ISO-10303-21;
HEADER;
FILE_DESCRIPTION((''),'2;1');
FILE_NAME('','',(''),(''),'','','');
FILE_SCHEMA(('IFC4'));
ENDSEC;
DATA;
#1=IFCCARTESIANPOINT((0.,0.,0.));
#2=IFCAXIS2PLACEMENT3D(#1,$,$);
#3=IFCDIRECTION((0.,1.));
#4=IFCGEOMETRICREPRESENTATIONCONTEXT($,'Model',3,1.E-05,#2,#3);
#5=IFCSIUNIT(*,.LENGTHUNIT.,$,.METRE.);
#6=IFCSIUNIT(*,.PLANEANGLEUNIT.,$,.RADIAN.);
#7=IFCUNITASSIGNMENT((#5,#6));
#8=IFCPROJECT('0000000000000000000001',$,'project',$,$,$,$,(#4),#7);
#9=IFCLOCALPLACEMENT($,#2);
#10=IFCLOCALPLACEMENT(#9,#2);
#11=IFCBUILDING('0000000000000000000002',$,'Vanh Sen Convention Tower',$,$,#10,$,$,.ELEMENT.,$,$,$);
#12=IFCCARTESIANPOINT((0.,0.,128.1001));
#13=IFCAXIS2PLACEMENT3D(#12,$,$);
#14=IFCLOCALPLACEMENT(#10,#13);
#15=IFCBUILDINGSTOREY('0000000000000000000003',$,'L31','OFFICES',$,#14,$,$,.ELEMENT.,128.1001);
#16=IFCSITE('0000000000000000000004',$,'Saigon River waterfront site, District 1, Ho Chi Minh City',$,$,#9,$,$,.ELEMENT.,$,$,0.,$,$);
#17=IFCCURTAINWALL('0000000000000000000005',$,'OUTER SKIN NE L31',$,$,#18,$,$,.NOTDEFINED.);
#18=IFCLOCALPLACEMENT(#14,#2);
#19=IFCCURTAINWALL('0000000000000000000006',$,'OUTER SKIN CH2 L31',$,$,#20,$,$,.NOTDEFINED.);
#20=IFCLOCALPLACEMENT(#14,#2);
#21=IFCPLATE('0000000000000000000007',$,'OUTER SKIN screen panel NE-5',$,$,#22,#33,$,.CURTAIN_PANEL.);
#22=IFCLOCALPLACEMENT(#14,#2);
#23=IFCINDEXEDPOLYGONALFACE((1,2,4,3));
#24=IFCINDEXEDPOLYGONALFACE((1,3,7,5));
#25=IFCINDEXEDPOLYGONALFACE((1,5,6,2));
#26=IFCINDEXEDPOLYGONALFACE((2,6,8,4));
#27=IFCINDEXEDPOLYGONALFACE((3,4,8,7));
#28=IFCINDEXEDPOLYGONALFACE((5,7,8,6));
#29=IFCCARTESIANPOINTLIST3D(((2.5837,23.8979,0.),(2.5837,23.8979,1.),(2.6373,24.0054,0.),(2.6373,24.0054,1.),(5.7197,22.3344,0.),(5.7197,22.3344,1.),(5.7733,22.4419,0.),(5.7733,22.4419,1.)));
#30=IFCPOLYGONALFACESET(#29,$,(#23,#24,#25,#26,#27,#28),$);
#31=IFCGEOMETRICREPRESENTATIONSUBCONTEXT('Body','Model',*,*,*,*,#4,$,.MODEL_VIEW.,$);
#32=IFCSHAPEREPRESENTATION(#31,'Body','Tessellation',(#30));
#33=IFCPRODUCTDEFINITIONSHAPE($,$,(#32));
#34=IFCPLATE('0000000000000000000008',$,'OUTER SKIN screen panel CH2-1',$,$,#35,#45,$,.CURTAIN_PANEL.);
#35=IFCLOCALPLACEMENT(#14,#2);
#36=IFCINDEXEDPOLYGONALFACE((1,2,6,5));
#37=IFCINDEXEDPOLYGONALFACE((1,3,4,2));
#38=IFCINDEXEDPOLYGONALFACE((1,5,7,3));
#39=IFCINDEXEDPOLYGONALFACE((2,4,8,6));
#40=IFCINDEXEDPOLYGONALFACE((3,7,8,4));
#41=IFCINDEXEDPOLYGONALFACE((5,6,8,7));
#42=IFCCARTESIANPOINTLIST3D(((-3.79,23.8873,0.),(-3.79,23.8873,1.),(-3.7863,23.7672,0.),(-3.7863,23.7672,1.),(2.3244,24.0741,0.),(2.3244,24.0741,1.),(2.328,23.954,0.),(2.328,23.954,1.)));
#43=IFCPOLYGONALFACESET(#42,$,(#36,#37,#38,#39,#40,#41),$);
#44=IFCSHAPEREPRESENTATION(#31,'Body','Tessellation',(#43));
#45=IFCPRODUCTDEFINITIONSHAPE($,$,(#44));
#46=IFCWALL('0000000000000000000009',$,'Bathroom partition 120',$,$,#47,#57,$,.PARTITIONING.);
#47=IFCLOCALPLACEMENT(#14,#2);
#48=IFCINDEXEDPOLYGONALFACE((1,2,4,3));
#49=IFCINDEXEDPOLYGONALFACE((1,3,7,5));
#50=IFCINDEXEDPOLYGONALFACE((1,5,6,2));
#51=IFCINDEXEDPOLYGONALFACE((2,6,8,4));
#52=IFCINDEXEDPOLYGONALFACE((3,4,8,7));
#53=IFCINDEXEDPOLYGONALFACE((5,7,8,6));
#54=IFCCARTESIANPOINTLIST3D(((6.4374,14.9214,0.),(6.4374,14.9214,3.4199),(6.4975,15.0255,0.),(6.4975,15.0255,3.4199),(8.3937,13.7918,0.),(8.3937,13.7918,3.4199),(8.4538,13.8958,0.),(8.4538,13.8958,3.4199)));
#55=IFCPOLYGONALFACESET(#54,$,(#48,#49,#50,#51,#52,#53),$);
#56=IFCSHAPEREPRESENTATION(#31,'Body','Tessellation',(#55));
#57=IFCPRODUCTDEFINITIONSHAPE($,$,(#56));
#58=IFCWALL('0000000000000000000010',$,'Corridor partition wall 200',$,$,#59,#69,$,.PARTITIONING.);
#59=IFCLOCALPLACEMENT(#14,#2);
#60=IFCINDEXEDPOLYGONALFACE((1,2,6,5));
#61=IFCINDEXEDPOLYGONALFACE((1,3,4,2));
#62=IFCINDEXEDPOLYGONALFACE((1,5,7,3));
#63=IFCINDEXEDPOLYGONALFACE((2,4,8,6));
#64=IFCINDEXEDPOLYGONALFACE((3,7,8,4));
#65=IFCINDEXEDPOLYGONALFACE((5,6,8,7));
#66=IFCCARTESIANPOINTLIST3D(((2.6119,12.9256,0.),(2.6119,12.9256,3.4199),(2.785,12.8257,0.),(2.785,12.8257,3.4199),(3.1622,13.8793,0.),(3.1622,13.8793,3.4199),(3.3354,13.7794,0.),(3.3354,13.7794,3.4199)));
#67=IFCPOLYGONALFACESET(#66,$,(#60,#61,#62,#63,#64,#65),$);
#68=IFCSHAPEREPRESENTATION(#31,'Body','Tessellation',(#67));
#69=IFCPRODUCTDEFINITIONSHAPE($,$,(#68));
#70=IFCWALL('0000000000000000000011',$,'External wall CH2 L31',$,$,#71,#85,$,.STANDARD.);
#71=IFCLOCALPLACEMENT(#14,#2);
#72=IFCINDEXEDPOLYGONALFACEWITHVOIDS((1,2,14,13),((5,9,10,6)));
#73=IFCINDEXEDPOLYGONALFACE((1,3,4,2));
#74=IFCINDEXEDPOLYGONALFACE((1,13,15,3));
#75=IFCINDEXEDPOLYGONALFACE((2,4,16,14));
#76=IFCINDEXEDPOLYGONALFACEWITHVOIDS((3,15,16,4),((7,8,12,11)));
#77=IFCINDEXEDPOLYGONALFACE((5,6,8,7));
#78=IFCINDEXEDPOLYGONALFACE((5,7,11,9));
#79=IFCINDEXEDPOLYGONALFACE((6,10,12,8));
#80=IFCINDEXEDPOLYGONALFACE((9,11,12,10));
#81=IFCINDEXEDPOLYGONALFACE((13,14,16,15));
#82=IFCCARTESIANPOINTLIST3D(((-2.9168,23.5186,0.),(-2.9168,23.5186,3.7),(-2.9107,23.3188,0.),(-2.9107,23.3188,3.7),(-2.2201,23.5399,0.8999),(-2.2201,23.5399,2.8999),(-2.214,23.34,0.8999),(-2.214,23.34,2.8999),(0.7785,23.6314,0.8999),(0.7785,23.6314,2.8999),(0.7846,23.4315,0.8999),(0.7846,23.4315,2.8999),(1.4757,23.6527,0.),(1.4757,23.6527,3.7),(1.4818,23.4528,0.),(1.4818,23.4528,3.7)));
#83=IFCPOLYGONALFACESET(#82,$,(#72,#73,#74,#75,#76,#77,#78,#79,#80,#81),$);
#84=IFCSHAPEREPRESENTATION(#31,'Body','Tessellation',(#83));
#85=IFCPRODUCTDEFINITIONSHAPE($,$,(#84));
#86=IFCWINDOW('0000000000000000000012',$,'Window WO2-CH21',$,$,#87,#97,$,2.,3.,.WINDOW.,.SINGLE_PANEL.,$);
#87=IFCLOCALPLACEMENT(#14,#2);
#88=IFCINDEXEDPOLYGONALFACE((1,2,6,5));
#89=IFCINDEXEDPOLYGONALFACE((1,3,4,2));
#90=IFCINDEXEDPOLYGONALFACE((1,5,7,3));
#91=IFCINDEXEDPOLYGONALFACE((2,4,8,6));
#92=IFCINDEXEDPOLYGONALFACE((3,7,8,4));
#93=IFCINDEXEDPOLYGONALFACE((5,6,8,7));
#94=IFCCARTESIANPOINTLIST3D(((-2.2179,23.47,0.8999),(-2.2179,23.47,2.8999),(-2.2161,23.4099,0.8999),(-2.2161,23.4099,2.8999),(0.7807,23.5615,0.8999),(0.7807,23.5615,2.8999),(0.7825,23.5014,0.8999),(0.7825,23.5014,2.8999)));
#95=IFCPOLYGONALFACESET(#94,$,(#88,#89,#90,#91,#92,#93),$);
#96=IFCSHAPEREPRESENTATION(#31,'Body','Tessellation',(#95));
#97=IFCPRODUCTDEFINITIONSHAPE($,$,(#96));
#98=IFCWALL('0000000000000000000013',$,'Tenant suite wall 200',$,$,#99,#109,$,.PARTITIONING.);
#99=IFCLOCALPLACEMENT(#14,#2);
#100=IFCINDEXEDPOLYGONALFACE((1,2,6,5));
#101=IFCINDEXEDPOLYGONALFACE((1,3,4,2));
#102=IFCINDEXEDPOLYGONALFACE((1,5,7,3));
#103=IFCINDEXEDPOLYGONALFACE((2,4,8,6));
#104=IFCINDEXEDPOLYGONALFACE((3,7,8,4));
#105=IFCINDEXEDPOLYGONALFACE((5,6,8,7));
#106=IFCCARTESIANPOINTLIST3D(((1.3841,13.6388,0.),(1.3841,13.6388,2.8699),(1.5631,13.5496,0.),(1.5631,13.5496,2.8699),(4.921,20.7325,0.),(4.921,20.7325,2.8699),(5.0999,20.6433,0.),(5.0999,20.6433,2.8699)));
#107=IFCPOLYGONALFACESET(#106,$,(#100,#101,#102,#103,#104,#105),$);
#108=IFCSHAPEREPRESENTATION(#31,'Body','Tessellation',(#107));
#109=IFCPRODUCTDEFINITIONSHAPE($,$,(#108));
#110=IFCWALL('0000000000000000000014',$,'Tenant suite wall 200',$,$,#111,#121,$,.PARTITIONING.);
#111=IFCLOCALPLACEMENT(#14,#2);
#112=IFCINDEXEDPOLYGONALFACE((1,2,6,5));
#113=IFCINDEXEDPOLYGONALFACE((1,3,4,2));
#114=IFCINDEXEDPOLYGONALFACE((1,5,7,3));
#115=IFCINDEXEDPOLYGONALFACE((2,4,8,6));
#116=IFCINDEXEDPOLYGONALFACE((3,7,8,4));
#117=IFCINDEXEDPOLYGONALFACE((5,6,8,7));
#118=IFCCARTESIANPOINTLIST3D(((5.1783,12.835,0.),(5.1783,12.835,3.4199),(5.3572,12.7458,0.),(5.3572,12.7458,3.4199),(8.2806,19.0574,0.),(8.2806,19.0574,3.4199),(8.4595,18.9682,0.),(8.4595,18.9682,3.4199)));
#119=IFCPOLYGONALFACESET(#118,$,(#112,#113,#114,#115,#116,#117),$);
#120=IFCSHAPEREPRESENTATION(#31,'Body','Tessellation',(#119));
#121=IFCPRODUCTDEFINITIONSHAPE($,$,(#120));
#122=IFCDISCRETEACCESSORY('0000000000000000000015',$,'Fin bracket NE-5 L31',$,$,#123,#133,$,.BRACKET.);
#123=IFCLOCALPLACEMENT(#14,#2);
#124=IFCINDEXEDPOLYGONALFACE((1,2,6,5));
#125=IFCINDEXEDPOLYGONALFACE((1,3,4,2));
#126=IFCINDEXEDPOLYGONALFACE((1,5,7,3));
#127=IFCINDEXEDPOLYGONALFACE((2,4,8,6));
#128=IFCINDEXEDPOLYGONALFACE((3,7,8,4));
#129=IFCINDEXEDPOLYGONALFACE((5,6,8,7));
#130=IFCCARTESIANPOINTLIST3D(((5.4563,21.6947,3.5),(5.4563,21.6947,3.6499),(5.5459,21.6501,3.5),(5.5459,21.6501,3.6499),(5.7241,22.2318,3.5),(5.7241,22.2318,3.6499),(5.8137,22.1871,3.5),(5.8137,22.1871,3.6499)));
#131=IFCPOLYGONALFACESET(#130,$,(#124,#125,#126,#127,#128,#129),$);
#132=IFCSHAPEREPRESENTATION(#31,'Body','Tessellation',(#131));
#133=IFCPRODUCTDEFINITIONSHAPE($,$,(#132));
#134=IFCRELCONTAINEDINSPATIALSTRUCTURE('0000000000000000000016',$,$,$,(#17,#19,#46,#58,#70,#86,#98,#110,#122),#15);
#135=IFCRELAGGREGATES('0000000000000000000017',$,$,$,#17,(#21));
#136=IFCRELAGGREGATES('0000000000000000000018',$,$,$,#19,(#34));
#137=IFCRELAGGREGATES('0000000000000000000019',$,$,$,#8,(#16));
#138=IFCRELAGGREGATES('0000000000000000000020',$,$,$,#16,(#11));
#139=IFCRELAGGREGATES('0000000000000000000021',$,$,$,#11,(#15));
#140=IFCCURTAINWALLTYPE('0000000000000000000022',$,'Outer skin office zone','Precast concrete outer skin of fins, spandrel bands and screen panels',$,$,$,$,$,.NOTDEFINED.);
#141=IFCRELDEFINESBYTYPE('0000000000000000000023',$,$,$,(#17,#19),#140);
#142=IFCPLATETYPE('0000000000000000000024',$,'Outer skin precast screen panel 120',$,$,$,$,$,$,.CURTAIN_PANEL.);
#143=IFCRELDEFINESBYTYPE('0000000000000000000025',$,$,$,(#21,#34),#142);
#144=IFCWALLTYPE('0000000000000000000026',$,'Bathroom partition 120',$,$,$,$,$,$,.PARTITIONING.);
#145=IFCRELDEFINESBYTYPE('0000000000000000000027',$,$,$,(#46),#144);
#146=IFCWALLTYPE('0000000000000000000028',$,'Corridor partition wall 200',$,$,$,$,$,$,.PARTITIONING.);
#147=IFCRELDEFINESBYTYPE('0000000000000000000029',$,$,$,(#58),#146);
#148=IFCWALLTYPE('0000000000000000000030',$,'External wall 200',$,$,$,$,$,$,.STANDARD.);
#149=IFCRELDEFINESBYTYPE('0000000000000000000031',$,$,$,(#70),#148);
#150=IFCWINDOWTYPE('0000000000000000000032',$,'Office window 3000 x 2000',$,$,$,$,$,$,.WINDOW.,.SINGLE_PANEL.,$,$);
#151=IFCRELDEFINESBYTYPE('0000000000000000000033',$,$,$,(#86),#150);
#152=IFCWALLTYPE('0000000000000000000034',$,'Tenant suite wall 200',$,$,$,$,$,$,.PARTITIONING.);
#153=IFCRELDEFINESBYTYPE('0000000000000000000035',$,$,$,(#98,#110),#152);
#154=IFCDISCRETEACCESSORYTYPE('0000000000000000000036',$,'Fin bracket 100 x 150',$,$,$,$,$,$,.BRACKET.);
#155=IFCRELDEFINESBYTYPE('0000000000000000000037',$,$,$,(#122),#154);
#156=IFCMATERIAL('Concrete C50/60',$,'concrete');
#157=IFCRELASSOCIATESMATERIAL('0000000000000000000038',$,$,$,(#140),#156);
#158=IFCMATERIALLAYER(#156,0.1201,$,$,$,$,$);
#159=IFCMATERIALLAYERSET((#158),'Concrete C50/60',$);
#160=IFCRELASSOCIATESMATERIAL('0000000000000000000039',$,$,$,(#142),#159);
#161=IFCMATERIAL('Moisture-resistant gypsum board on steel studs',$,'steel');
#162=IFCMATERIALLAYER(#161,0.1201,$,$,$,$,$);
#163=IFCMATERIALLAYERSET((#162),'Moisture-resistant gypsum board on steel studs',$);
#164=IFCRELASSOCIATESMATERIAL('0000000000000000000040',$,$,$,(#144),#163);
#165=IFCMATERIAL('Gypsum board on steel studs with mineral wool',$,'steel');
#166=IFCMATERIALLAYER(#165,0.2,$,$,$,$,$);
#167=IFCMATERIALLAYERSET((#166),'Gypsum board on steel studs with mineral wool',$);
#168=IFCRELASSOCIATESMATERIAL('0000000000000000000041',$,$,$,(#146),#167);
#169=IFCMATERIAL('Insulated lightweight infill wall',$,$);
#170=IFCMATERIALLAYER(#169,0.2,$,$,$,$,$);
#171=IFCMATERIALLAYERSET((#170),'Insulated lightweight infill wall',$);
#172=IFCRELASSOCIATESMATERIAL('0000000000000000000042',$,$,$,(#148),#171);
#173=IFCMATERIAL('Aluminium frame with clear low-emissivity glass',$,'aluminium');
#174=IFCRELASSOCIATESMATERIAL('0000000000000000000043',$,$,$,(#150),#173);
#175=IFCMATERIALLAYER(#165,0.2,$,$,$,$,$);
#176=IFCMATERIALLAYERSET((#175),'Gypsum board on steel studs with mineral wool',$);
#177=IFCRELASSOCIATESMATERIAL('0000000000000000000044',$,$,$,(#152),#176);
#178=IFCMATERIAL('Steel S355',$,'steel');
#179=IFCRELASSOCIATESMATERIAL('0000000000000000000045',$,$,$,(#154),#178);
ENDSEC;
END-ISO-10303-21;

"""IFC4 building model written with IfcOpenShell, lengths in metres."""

from ifc_helpers import new_model, si_unit, direction, frame, frame_2d, origin, origin_2d, place, context, subcontext, project, spatial, rectangle, extrude, material, layer, layer_set, type_object, element, fill, aggregate, save


model = new_model("IFC4")

# Units and contexts
model_context = context("Model", 3, precision=1e-05, world=origin(), true_north=direction((0.0, 1.0)))
body_context = subcontext(model_context, "Body", "Model", "MODEL_VIEW")
ifc_project = project(units=[si_unit("LENGTHUNIT", "METRE"), si_unit("PLANEANGLEUNIT", "RADIAN")], contexts=[model_context])

# Site, building, storey
site_placement = place(None, origin())
site = spatial("IfcSite", under=ifc_project, at=site_placement, Name="Saigon River waterfront site, District 1, Ho Chi Minh City", CompositionType="ELEMENT", RefElevation=0.0)
building_placement = place(site_placement, origin())
building = spatial("IfcBuilding", under=site, at=building_placement, Name="Vanh Sen Convention Tower", CompositionType="ELEMENT")
storey_placement = place(building_placement, frame((0.0, 0.0, 128.1001)))
storey = spatial("IfcBuildingStorey", under=building, at=storey_placement, Name="L31", Description="OFFICES", CompositionType="ELEMENT", Elevation=128.1001)

# Curtain wall
ifc_material_1 = material(Name="Concrete C50/60", Category="concrete")
curtain_wall_type = type_object("IfcCurtainWallType", Name="Outer skin office zone", Description="Precast concrete outer skin of fins, spandrel bands and screen panels", PredefinedType="NOTDEFINED", material=ifc_material_1)
curtain_wall_1_placement = place(storey_placement, origin())
curtain_wall_1 = element("IfcCurtainWall", 1, at=curtain_wall_1_placement, inside=storey, type_object=curtain_wall_type, Name="OUTER SKIN NE L31", PredefinedType="NOTDEFINED")

# Curtain wall
curtain_wall_2_placement = place(storey_placement, origin())
curtain_wall_2 = element("IfcCurtainWall", 2, at=curtain_wall_2_placement, inside=storey, type_object=curtain_wall_type, Name="OUTER SKIN CH2 L31", PredefinedType="NOTDEFINED")

# Plates
ifc_layer_1 = layer(ifc_material_1, 0.1201)
ifc_layer_set_1 = layer_set([ifc_layer_1], Name="Concrete C50/60")
plate_type = type_object("IfcPlateType", Name="Outer skin precast screen panel 120", PredefinedType="CURTAIN_PANEL", material=ifc_layer_set_1)
plate_1_placement = place(storey_placement, frame((4.1785, 23.1699, 0.0), z_axis=(0.0, 0.0, 1.0), x_axis=(-0.894944, 0.446179, 0.0)))
plate_1 = element("IfcPlate", 3, at=plate_1_placement, type_object=plate_type, Name="OUTER SKIN screen panel NE-5", PredefinedType="CURTAIN_PANEL", context=body_context, shape_type="SweptSolid", body=[
    extrude(rectangle(XDim=3.5042, YDim=0.1201, at=origin_2d()), origin(), (0.0, 0.0, 1.0), 1.0),
])
aggregate(curtain_wall_1, [plate_1])
plate_2_placement = place(storey_placement, frame((-0.731, 23.9207, 0.0), z_axis=(0.0, 0.0, 1.0), x_axis=(-0.999534, -0.030539, 0.0)))
plate_2 = element("IfcPlate", 4, at=plate_2_placement, type_object=plate_type, Name="OUTER SKIN screen panel CH2-1", PredefinedType="CURTAIN_PANEL", context=body_context, shape_type="SweptSolid", body=[
    extrude(rectangle(XDim=6.1172, YDim=0.1201, at=origin_2d()), origin(), (0.0, 0.0, 1.0), 1.0),
])
aggregate(curtain_wall_2, [plate_2])

# Walls
ifc_material_2 = material(Name="Moisture-resistant gypsum board on steel studs", Category="steel")
ifc_layer_2 = layer(ifc_material_2, 0.1201)
ifc_layer_set_2 = layer_set([ifc_layer_2], Name="Moisture-resistant gypsum board on steel studs")
wall_type_1 = type_object("IfcWallType", Name="Bathroom partition 120", PredefinedType="PARTITIONING", material=ifc_layer_set_2)
wall_1_placement = place(storey_placement, frame((6.4675, 14.9734, 0.0), z_axis=(0.0, 0.0, 1.0), x_axis=(0.865993, -0.500056, 0.0)))
element("IfcWall", 5, at=wall_1_placement, inside=storey, type_object=wall_type_1, Name="Bathroom partition 120", PredefinedType="PARTITIONING", context=body_context, shape_type="SweptSolid", body=[
    extrude(rectangle(XDim=2.259, YDim=0.1201, at=frame_2d((1.1294, 0.0))), origin(), (0.0, 0.0, 1.0), 3.4199),
])
ifc_material_3 = material(Name="Gypsum board on steel studs with mineral wool", Category="steel")
ifc_layer_3 = layer(ifc_material_3, 0.2)
ifc_layer_set_3 = layer_set([ifc_layer_3], Name="Gypsum board on steel studs with mineral wool")
wall_type_2 = type_object("IfcWallType", Name="Corridor partition wall 200", PredefinedType="PARTITIONING", material=ifc_layer_set_3)
wall_2_placement = place(storey_placement, frame((3.2488, 13.8293, 0.0), z_axis=(0.0, 0.0, 1.0), x_axis=(-0.499812, -0.866134, 0.0)))
element("IfcWall", 6, at=wall_2_placement, inside=storey, type_object=wall_type_2, Name="Corridor partition wall 200", PredefinedType="PARTITIONING", context=body_context, shape_type="SweptSolid", body=[
    extrude(rectangle(XDim=1.1011, YDim=0.2, at=frame_2d((0.5505, 0.0))), origin(), (0.0, 0.0, 1.0), 3.4199),
])

# Wall, opening, window
ifc_material_4 = material(Name="Insulated lightweight infill wall")
ifc_layer_4 = layer(ifc_material_4, 0.2)
ifc_layer_set_4 = layer_set([ifc_layer_4], Name="Insulated lightweight infill wall")
wall_type_3 = type_object("IfcWallType", Name="External wall 200", PredefinedType="STANDARD", material=ifc_layer_set_4)
wall_3_placement = place(storey_placement, frame((1.4788, 23.5527, 0.0), z_axis=(0.0, 0.0, 1.0), x_axis=(-0.999535, -0.030499, 0.0)))
wall_3 = element("IfcWall", 7, at=wall_3_placement, inside=storey, type_object=wall_type_3, Name="External wall CH2 L31", PredefinedType="STANDARD", context=body_context, shape_type="SweptSolid", body=[
    extrude(rectangle(XDim=4.3945, YDim=0.2, at=frame_2d((2.1973, 0.0))), origin(), (0.0, 0.0, 1.0), 3.7),
])
opening_placement = place(wall_3_placement, frame((0.6975, 0.0, 0.8999)))
opening = element("IfcOpeningElement", 8, at=opening_placement, cuts=wall_3, PredefinedType="OPENING", context=body_context, shape_type="SweptSolid", body=[
    extrude(rectangle(XDim=3.0, YDim=2.0, at=frame_2d((1.5, 1.0))), frame((0.0, 0.1099, 0.0), z_axis=(0.0, -1.0, 0.0), x_axis=(1.0, 0.0, 0.0)), (0.0, 0.0, 1.0), 0.22),
])
ifc_material_5 = material(Name="Aluminium frame with clear low-emissivity glass", Category="aluminium")
window_type = type_object("IfcWindowType", Name="Office window 3000 x 2000", PartitioningType="SINGLE_PANEL", PredefinedType="WINDOW", material=ifc_material_5)
window_placement = place(opening_placement, origin())
window = element("IfcWindow", 9, at=window_placement, inside=storey, type_object=window_type, Name="Window WO2-CH21", OverallHeight=2.0, OverallWidth=3.0, PartitioningType="SINGLE_PANEL", PredefinedType="WINDOW", context=body_context, shape_type="SweptSolid", body=[
    extrude(rectangle(XDim=3.0, YDim=2.0, at=frame_2d((1.5, 1.0))), frame((0.0, 0.03, 0.0), z_axis=(0.0, -1.0, 0.0), x_axis=(1.0, 0.0, 0.0)), (0.0, 0.0, 1.0), 0.0601),
])
fill(opening, window)

# Walls
ifc_layer_5 = layer(ifc_material_3, 0.2)
ifc_layer_set_5 = layer_set([ifc_layer_5], Name="Gypsum board on steel studs with mineral wool")
wall_type_4 = type_object("IfcWallType", Name="Tenant suite wall 200", PredefinedType="PARTITIONING", material=ifc_layer_set_5)
wall_4_placement = place(storey_placement, frame((5.0105, 20.688, 0.0), z_axis=(0.0, 0.0, 1.0), x_axis=(-0.446203, -0.894932, 0.0)))
element("IfcWall", 10, at=wall_4_placement, inside=storey, type_object=wall_type_4, Name="Tenant suite wall 200", PredefinedType="PARTITIONING", context=body_context, shape_type="SweptSolid", body=[
    extrude(rectangle(XDim=7.9265, YDim=0.2, at=frame_2d((3.9634, 0.0))), origin(), (0.0, 0.0, 1.0), 2.8699),
])
wall_5_placement = place(storey_placement, frame((8.3701, 19.0129, 0.0), z_axis=(0.0, 0.0, 1.0), x_axis=(-0.446188, -0.894939, 0.0)))
element("IfcWall", 11, at=wall_5_placement, inside=storey, type_object=wall_type_4, Name="Tenant suite wall 200", PredefinedType="PARTITIONING", context=body_context, shape_type="SweptSolid", body=[
    extrude(rectangle(XDim=6.9529, YDim=0.2, at=frame_2d((3.4766, 0.0))), origin(), (0.0, 0.0, 1.0), 3.4199),
])

# Discrete accessory
ifc_material_6 = material(Name="Steel S355", Category="steel")
discrete_accessory_type = type_object("IfcDiscreteAccessoryType", Name="Fin bracket 100 x 150", PredefinedType="BRACKET", material=ifc_material_6)
discrete_accessory_placement = place(storey_placement, frame((5.635, 21.9409, 3.5), z_axis=(0.0, 0.0, 1.0), x_axis=(0.446198, 0.894934, 0.0)))
element("IfcDiscreteAccessory", 12, at=discrete_accessory_placement, inside=storey, type_object=discrete_accessory_type, Name="Fin bracket NE-5 L31", PredefinedType="BRACKET", context=body_context, shape_type="SweptSolid", body=[
    extrude(rectangle(XDim=0.6001, YDim=0.1001, at=origin_2d()), origin(), (0.0, 0.0, 1.0), 0.1499),
])

save(model, "model.ifc")
